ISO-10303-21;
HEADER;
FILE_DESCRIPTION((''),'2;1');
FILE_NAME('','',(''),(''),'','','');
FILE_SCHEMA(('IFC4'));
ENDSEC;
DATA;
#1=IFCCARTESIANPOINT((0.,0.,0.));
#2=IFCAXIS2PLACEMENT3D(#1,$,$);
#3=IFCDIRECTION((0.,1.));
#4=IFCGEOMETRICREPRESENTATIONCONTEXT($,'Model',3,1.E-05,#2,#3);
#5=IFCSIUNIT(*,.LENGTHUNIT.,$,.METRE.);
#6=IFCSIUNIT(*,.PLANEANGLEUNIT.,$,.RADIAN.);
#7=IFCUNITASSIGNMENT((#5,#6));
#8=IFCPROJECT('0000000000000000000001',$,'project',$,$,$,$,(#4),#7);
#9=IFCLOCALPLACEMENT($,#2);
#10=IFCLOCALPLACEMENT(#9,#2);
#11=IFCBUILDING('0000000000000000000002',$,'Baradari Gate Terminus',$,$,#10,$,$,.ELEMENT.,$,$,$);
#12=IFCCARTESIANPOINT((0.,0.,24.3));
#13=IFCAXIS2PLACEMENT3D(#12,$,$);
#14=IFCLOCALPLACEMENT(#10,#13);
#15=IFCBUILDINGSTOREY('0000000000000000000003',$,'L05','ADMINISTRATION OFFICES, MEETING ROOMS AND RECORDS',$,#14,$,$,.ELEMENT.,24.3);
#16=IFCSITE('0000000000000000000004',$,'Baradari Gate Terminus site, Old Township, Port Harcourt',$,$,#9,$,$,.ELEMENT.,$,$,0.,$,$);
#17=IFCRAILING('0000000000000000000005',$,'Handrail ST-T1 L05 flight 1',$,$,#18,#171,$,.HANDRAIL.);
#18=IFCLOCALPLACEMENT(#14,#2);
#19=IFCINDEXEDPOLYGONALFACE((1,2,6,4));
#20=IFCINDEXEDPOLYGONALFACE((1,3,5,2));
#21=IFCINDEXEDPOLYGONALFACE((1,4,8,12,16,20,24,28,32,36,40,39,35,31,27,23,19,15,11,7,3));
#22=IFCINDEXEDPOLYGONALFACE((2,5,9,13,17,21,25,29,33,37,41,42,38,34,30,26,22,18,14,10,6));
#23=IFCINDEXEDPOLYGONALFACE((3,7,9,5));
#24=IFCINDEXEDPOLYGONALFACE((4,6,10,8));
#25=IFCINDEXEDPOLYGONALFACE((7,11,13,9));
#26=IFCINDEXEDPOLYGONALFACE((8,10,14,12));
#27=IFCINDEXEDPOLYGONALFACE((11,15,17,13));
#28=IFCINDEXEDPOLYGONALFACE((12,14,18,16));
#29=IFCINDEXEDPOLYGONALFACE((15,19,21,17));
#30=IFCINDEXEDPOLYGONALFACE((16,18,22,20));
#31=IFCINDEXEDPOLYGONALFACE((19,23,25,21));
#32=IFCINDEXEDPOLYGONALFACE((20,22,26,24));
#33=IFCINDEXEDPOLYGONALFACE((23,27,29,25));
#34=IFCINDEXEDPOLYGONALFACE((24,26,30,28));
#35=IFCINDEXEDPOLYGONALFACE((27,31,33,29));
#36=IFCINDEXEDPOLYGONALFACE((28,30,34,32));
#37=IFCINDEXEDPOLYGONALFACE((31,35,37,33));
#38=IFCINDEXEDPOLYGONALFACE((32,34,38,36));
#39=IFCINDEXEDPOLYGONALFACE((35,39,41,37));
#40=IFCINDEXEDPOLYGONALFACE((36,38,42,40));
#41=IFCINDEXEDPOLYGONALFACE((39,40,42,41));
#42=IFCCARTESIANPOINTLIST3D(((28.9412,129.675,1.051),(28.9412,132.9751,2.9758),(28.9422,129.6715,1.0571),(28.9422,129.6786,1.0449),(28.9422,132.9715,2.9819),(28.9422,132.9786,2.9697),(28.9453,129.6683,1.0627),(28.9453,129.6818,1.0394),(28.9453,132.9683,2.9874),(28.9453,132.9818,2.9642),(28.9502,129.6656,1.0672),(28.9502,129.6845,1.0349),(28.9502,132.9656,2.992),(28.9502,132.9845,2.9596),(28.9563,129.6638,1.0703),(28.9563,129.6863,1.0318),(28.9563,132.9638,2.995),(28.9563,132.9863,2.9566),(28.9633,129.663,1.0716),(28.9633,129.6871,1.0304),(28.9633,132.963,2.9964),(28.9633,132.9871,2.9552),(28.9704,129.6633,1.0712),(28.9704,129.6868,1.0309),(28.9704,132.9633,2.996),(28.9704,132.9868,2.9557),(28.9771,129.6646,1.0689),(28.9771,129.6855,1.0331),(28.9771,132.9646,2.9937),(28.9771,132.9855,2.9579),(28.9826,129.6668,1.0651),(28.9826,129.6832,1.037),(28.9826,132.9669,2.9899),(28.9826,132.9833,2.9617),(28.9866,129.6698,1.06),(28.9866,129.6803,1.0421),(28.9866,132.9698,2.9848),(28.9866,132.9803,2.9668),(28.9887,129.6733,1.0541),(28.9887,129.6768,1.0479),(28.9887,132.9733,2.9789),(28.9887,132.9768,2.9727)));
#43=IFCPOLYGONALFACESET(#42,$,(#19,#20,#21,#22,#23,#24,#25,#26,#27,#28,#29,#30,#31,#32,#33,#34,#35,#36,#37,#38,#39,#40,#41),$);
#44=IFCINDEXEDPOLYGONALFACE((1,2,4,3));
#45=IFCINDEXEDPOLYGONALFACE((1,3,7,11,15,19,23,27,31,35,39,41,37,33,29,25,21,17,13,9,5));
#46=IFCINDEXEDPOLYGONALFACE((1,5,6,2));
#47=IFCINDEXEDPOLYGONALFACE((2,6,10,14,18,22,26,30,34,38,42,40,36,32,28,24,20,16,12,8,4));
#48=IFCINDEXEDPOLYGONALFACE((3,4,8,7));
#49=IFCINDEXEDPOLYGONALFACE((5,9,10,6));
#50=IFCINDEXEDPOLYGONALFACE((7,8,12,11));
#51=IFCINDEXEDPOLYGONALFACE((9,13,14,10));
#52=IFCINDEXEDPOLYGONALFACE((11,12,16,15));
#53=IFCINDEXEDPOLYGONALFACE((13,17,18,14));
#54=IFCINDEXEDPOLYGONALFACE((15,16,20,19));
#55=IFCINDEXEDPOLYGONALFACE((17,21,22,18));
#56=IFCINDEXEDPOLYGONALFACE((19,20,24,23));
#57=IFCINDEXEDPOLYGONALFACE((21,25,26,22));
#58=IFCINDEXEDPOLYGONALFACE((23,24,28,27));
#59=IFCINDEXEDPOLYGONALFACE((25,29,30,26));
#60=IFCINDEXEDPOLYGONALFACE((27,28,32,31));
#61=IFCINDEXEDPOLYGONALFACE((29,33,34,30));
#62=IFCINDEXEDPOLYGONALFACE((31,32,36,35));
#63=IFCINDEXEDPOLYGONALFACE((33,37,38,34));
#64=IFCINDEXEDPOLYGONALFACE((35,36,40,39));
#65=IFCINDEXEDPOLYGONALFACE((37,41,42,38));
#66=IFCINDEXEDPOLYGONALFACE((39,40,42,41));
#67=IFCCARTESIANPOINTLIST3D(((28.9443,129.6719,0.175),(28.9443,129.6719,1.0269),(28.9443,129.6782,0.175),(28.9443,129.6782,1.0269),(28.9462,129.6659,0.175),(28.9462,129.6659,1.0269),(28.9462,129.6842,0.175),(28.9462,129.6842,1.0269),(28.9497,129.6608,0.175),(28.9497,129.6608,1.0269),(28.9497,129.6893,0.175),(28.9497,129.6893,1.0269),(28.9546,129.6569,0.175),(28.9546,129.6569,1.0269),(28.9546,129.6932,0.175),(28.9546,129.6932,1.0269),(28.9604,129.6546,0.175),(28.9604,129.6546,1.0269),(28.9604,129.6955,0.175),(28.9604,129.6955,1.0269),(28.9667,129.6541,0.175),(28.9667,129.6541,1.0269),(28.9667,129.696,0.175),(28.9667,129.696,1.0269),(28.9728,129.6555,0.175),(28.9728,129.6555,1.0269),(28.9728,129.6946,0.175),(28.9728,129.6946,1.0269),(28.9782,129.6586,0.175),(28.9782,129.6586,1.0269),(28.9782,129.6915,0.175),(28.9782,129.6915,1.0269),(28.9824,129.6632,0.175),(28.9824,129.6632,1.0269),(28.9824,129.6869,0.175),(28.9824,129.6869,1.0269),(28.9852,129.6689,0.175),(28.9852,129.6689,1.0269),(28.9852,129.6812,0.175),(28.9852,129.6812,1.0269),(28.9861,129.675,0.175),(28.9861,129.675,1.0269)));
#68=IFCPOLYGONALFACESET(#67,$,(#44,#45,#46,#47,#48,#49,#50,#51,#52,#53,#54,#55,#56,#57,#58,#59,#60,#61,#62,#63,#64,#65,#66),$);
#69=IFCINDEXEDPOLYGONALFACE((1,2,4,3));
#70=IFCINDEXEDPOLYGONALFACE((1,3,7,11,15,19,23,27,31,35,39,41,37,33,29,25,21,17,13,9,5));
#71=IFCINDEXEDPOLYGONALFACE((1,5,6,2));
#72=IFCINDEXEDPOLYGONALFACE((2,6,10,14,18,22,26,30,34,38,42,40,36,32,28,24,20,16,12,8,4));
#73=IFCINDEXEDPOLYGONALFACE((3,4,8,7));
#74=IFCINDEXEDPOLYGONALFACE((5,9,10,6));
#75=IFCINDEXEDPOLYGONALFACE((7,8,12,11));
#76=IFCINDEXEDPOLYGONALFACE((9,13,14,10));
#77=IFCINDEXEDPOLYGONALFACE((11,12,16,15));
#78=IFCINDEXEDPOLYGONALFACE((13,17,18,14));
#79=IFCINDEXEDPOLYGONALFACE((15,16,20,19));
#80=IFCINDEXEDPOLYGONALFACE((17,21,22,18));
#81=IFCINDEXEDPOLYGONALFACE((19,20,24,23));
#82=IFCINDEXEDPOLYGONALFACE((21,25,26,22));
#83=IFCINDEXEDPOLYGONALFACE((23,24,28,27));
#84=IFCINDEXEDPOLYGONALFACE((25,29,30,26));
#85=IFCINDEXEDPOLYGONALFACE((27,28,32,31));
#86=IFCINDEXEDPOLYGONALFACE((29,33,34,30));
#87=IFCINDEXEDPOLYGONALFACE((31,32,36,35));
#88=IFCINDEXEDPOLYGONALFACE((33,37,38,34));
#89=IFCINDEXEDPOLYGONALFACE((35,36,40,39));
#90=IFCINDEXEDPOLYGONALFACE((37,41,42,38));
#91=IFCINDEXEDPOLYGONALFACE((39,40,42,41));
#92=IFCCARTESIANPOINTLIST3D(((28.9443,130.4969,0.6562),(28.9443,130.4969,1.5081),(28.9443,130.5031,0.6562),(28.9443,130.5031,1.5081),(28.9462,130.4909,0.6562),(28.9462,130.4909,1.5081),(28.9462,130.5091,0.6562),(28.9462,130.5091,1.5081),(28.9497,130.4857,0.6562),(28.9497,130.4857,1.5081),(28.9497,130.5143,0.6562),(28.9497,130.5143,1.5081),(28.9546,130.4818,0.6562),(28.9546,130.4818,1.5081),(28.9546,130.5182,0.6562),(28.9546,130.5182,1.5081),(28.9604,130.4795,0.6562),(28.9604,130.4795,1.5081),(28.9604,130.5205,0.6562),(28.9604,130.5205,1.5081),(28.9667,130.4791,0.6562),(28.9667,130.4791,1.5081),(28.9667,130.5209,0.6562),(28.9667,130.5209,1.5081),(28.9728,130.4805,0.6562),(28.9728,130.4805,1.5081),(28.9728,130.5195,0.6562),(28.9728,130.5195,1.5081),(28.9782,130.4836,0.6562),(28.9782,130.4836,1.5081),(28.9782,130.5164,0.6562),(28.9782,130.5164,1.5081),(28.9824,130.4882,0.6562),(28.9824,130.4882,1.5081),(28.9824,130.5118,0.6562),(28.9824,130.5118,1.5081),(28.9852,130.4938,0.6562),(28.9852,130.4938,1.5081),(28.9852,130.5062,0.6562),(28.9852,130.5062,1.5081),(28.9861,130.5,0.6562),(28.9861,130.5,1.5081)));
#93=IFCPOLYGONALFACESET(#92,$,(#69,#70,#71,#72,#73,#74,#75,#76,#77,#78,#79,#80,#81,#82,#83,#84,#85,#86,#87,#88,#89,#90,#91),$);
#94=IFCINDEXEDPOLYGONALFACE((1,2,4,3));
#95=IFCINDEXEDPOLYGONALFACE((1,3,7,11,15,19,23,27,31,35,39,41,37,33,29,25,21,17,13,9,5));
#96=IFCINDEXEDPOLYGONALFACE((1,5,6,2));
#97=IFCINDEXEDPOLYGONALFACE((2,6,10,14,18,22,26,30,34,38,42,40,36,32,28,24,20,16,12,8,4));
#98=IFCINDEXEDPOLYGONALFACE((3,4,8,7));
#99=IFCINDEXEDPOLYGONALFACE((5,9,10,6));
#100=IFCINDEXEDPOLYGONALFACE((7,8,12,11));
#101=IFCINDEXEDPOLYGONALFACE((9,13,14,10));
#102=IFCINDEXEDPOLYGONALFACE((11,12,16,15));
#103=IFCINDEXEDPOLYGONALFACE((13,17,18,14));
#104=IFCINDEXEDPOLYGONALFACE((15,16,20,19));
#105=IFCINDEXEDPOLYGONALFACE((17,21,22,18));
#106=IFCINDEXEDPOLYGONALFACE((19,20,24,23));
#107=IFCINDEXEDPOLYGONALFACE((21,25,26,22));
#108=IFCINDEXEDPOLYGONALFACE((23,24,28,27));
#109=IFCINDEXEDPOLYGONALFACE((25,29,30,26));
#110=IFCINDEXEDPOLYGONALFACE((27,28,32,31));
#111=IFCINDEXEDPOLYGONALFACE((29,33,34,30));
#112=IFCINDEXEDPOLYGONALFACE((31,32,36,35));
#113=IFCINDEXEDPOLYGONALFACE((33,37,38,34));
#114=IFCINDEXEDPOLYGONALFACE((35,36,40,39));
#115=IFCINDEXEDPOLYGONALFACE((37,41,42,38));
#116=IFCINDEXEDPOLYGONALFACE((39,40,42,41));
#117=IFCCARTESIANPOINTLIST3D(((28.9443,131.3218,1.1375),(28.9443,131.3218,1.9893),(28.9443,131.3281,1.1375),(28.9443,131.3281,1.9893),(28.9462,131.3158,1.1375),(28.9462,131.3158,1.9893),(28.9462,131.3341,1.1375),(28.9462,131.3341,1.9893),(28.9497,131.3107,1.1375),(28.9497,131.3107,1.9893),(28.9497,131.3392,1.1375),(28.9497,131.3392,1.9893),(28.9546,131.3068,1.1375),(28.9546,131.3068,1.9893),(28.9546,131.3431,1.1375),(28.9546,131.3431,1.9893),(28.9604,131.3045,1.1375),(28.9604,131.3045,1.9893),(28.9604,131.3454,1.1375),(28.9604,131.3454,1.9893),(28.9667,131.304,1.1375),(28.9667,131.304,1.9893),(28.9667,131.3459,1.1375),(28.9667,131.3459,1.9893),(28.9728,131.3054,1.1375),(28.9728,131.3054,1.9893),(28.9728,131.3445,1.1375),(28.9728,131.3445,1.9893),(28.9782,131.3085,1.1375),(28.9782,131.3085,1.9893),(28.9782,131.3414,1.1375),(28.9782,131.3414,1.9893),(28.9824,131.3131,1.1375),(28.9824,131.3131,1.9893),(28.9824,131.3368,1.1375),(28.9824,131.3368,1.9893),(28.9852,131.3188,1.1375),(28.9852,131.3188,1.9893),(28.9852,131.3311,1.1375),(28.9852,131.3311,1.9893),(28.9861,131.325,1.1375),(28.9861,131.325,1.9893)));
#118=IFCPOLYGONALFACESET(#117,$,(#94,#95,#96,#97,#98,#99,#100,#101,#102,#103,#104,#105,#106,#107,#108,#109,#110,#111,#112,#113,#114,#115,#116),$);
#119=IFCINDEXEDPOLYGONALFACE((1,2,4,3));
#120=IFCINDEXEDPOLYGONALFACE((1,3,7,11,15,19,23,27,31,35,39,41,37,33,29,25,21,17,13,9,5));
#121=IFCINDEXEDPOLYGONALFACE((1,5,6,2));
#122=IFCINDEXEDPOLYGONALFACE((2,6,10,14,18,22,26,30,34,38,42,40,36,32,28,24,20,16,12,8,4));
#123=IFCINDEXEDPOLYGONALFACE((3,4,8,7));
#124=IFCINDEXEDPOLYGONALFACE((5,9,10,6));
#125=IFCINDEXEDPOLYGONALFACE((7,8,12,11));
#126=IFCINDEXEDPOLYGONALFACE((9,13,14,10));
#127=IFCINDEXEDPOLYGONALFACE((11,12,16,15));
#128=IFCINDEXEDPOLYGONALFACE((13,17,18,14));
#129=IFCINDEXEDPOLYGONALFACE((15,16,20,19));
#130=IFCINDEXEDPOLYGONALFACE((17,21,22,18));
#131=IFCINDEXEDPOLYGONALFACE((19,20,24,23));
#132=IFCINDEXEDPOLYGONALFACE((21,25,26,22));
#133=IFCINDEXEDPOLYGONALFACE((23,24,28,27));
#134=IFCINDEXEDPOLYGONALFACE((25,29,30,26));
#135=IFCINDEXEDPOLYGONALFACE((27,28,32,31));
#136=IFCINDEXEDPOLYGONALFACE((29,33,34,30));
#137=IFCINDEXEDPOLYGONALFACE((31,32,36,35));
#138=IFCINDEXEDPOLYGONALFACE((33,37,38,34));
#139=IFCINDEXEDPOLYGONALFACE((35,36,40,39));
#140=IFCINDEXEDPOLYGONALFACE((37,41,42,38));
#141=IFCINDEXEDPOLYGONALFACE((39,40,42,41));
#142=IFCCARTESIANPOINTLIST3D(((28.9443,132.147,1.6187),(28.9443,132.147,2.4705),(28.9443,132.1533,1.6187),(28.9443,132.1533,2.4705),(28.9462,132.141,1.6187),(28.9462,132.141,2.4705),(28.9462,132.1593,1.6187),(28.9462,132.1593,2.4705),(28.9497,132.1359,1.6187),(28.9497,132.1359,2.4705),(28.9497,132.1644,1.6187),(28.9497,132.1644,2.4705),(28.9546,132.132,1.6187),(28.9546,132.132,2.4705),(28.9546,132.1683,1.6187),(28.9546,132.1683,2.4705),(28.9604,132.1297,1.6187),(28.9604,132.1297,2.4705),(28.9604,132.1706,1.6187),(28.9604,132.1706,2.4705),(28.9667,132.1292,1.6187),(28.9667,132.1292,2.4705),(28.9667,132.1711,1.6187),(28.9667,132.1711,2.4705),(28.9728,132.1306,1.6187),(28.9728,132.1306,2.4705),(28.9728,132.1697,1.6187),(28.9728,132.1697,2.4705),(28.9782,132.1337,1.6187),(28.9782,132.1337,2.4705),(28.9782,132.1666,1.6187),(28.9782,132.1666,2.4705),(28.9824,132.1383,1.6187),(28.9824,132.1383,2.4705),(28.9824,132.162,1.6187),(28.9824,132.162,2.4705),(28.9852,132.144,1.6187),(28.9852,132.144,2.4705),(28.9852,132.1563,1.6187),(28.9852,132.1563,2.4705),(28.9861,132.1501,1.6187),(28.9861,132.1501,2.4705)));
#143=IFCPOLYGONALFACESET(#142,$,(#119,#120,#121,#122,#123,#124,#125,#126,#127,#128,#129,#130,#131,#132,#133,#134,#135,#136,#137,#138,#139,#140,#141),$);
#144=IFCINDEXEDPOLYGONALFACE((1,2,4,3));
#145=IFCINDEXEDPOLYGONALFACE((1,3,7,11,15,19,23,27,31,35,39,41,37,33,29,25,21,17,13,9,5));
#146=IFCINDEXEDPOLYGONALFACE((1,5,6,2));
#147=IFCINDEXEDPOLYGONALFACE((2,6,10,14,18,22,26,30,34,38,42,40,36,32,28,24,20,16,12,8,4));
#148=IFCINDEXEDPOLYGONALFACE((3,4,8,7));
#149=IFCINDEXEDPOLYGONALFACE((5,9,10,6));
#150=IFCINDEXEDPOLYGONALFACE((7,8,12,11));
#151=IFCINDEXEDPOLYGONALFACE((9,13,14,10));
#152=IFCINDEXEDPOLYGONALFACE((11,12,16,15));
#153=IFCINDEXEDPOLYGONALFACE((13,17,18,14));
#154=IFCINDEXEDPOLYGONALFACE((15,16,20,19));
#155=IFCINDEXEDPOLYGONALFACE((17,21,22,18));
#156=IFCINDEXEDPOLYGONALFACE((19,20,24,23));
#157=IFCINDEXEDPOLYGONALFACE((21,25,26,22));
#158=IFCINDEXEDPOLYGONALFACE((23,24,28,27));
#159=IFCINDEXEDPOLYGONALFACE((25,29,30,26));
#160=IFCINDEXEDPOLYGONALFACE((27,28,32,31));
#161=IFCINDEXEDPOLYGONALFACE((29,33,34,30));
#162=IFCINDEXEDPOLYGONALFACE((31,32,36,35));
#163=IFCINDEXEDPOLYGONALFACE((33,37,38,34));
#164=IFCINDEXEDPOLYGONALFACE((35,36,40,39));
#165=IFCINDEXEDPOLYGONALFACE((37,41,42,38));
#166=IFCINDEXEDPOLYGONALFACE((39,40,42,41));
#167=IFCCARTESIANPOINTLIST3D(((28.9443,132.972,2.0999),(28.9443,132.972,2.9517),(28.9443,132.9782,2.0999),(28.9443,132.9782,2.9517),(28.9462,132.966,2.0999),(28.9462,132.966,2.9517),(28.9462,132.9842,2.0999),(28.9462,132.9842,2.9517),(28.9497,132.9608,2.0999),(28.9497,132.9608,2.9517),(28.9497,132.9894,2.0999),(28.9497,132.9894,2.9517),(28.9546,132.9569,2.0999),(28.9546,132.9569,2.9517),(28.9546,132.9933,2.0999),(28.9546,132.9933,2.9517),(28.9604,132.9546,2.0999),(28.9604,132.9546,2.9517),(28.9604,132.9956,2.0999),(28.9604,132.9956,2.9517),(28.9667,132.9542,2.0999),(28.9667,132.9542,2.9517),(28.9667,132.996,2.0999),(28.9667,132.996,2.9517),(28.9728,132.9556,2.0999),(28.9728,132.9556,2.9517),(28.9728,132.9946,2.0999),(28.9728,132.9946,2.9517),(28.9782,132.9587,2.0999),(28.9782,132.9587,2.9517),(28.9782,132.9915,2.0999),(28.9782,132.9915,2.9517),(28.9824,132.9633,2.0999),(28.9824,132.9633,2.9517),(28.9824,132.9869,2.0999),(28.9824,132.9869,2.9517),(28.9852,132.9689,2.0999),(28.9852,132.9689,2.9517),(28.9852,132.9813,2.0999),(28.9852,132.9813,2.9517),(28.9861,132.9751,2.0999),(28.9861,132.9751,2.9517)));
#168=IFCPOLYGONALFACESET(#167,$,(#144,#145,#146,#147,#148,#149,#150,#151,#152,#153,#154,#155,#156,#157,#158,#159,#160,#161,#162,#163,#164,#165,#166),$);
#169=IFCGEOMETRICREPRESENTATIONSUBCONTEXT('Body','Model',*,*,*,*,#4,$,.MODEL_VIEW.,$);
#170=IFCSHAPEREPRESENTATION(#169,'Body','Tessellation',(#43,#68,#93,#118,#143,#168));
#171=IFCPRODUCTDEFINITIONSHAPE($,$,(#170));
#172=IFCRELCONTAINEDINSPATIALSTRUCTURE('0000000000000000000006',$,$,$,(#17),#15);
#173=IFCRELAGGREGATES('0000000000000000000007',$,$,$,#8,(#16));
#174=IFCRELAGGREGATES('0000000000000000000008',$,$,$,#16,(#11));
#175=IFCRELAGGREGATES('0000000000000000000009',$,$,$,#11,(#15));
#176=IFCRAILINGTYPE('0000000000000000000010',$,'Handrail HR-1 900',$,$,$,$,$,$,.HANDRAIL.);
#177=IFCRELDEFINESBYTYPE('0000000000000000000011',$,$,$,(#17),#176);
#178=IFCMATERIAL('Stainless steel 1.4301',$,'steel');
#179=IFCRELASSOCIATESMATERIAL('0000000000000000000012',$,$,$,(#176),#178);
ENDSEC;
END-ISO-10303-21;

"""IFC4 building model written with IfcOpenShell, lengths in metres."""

from ifc_helpers import new_model, si_unit, direction, frame, origin, origin_2d, place, context, subcontext, project, spatial, circle, extrude, material, type_object, element, save


model = new_model("IFC4")

# Units and contexts
model_context = context("Model", 3, precision=1e-05, world=origin(), true_north=direction((0.0, 1.0)))
body_context = subcontext(model_context, "Body", "Model", "MODEL_VIEW")
ifc_project = project(units=[si_unit("LENGTHUNIT", "METRE"), si_unit("PLANEANGLEUNIT", "RADIAN")], contexts=[model_context])

# Site, building, storey
site_placement = place(None, origin())
site = spatial("IfcSite", under=ifc_project, at=site_placement, Name="Baradari Gate Terminus site, Old Township, Port Harcourt", CompositionType="ELEMENT", RefElevation=0.0)
building_placement = place(site_placement, origin())
building = spatial("IfcBuilding", under=site, at=building_placement, Name="Baradari Gate Terminus", CompositionType="ELEMENT")
storey_placement = place(building_placement, frame((0.0, 0.0, 24.3)))
storey = spatial("IfcBuildingStorey", under=building, at=storey_placement, Name="L05", Description="ADMINISTRATION OFFICES, MEETING ROOMS AND RECORDS", CompositionType="ELEMENT", Elevation=24.3)

# Railing
ifc_material_1 = material(Name="Stainless steel 1.4301", Category="steel")
railing_type = type_object("IfcRailingType", Name="Handrail HR-1 900", PredefinedType="HANDRAIL", material=ifc_material_1)
for number, where, name in (
    (1, (28.9651, 129.675, 0.175), "Handrail ST-T1 L05 flight 1"),
):
    element("IfcRailing", number, at=place(storey_placement, frame(where)), inside=storey, type_object=railing_type, Name=name, PredefinedType="HANDRAIL", context=body_context, shape_type="SweptSolid", body=[
        extrude(circle(Radius=0.0239, at=origin_2d()), frame((0.0, 0.0, 0.876), z_axis=(0.0, 0.863804, 0.503827), x_axis=(-1.0, 0.0, 0.0)), (0.0, 0.0, 1.0), 3.8203),
        extrude(circle(Radius=0.021, at=origin_2d()), origin(), (0.0, 0.0, 1.0), 0.8518),
        extrude(circle(Radius=0.021, at=origin_2d()), frame((0.0, 0.825, 0.4812)), (0.0, 0.0, 1.0), 0.8518),
        extrude(circle(Radius=0.021, at=origin_2d()), frame((0.0, 1.6499, 0.9624)), (0.0, 0.0, 1.0), 0.8518),
        extrude(circle(Radius=0.021, at=origin_2d()), frame((0.0, 2.4751, 1.4436)), (0.0, 0.0, 1.0), 0.8518),
        extrude(circle(Radius=0.021, at=origin_2d()), frame((0.0, 3.3, 1.9248)), (0.0, 0.0, 1.0), 0.8518),
    ])

save(model, "model.ifc")
